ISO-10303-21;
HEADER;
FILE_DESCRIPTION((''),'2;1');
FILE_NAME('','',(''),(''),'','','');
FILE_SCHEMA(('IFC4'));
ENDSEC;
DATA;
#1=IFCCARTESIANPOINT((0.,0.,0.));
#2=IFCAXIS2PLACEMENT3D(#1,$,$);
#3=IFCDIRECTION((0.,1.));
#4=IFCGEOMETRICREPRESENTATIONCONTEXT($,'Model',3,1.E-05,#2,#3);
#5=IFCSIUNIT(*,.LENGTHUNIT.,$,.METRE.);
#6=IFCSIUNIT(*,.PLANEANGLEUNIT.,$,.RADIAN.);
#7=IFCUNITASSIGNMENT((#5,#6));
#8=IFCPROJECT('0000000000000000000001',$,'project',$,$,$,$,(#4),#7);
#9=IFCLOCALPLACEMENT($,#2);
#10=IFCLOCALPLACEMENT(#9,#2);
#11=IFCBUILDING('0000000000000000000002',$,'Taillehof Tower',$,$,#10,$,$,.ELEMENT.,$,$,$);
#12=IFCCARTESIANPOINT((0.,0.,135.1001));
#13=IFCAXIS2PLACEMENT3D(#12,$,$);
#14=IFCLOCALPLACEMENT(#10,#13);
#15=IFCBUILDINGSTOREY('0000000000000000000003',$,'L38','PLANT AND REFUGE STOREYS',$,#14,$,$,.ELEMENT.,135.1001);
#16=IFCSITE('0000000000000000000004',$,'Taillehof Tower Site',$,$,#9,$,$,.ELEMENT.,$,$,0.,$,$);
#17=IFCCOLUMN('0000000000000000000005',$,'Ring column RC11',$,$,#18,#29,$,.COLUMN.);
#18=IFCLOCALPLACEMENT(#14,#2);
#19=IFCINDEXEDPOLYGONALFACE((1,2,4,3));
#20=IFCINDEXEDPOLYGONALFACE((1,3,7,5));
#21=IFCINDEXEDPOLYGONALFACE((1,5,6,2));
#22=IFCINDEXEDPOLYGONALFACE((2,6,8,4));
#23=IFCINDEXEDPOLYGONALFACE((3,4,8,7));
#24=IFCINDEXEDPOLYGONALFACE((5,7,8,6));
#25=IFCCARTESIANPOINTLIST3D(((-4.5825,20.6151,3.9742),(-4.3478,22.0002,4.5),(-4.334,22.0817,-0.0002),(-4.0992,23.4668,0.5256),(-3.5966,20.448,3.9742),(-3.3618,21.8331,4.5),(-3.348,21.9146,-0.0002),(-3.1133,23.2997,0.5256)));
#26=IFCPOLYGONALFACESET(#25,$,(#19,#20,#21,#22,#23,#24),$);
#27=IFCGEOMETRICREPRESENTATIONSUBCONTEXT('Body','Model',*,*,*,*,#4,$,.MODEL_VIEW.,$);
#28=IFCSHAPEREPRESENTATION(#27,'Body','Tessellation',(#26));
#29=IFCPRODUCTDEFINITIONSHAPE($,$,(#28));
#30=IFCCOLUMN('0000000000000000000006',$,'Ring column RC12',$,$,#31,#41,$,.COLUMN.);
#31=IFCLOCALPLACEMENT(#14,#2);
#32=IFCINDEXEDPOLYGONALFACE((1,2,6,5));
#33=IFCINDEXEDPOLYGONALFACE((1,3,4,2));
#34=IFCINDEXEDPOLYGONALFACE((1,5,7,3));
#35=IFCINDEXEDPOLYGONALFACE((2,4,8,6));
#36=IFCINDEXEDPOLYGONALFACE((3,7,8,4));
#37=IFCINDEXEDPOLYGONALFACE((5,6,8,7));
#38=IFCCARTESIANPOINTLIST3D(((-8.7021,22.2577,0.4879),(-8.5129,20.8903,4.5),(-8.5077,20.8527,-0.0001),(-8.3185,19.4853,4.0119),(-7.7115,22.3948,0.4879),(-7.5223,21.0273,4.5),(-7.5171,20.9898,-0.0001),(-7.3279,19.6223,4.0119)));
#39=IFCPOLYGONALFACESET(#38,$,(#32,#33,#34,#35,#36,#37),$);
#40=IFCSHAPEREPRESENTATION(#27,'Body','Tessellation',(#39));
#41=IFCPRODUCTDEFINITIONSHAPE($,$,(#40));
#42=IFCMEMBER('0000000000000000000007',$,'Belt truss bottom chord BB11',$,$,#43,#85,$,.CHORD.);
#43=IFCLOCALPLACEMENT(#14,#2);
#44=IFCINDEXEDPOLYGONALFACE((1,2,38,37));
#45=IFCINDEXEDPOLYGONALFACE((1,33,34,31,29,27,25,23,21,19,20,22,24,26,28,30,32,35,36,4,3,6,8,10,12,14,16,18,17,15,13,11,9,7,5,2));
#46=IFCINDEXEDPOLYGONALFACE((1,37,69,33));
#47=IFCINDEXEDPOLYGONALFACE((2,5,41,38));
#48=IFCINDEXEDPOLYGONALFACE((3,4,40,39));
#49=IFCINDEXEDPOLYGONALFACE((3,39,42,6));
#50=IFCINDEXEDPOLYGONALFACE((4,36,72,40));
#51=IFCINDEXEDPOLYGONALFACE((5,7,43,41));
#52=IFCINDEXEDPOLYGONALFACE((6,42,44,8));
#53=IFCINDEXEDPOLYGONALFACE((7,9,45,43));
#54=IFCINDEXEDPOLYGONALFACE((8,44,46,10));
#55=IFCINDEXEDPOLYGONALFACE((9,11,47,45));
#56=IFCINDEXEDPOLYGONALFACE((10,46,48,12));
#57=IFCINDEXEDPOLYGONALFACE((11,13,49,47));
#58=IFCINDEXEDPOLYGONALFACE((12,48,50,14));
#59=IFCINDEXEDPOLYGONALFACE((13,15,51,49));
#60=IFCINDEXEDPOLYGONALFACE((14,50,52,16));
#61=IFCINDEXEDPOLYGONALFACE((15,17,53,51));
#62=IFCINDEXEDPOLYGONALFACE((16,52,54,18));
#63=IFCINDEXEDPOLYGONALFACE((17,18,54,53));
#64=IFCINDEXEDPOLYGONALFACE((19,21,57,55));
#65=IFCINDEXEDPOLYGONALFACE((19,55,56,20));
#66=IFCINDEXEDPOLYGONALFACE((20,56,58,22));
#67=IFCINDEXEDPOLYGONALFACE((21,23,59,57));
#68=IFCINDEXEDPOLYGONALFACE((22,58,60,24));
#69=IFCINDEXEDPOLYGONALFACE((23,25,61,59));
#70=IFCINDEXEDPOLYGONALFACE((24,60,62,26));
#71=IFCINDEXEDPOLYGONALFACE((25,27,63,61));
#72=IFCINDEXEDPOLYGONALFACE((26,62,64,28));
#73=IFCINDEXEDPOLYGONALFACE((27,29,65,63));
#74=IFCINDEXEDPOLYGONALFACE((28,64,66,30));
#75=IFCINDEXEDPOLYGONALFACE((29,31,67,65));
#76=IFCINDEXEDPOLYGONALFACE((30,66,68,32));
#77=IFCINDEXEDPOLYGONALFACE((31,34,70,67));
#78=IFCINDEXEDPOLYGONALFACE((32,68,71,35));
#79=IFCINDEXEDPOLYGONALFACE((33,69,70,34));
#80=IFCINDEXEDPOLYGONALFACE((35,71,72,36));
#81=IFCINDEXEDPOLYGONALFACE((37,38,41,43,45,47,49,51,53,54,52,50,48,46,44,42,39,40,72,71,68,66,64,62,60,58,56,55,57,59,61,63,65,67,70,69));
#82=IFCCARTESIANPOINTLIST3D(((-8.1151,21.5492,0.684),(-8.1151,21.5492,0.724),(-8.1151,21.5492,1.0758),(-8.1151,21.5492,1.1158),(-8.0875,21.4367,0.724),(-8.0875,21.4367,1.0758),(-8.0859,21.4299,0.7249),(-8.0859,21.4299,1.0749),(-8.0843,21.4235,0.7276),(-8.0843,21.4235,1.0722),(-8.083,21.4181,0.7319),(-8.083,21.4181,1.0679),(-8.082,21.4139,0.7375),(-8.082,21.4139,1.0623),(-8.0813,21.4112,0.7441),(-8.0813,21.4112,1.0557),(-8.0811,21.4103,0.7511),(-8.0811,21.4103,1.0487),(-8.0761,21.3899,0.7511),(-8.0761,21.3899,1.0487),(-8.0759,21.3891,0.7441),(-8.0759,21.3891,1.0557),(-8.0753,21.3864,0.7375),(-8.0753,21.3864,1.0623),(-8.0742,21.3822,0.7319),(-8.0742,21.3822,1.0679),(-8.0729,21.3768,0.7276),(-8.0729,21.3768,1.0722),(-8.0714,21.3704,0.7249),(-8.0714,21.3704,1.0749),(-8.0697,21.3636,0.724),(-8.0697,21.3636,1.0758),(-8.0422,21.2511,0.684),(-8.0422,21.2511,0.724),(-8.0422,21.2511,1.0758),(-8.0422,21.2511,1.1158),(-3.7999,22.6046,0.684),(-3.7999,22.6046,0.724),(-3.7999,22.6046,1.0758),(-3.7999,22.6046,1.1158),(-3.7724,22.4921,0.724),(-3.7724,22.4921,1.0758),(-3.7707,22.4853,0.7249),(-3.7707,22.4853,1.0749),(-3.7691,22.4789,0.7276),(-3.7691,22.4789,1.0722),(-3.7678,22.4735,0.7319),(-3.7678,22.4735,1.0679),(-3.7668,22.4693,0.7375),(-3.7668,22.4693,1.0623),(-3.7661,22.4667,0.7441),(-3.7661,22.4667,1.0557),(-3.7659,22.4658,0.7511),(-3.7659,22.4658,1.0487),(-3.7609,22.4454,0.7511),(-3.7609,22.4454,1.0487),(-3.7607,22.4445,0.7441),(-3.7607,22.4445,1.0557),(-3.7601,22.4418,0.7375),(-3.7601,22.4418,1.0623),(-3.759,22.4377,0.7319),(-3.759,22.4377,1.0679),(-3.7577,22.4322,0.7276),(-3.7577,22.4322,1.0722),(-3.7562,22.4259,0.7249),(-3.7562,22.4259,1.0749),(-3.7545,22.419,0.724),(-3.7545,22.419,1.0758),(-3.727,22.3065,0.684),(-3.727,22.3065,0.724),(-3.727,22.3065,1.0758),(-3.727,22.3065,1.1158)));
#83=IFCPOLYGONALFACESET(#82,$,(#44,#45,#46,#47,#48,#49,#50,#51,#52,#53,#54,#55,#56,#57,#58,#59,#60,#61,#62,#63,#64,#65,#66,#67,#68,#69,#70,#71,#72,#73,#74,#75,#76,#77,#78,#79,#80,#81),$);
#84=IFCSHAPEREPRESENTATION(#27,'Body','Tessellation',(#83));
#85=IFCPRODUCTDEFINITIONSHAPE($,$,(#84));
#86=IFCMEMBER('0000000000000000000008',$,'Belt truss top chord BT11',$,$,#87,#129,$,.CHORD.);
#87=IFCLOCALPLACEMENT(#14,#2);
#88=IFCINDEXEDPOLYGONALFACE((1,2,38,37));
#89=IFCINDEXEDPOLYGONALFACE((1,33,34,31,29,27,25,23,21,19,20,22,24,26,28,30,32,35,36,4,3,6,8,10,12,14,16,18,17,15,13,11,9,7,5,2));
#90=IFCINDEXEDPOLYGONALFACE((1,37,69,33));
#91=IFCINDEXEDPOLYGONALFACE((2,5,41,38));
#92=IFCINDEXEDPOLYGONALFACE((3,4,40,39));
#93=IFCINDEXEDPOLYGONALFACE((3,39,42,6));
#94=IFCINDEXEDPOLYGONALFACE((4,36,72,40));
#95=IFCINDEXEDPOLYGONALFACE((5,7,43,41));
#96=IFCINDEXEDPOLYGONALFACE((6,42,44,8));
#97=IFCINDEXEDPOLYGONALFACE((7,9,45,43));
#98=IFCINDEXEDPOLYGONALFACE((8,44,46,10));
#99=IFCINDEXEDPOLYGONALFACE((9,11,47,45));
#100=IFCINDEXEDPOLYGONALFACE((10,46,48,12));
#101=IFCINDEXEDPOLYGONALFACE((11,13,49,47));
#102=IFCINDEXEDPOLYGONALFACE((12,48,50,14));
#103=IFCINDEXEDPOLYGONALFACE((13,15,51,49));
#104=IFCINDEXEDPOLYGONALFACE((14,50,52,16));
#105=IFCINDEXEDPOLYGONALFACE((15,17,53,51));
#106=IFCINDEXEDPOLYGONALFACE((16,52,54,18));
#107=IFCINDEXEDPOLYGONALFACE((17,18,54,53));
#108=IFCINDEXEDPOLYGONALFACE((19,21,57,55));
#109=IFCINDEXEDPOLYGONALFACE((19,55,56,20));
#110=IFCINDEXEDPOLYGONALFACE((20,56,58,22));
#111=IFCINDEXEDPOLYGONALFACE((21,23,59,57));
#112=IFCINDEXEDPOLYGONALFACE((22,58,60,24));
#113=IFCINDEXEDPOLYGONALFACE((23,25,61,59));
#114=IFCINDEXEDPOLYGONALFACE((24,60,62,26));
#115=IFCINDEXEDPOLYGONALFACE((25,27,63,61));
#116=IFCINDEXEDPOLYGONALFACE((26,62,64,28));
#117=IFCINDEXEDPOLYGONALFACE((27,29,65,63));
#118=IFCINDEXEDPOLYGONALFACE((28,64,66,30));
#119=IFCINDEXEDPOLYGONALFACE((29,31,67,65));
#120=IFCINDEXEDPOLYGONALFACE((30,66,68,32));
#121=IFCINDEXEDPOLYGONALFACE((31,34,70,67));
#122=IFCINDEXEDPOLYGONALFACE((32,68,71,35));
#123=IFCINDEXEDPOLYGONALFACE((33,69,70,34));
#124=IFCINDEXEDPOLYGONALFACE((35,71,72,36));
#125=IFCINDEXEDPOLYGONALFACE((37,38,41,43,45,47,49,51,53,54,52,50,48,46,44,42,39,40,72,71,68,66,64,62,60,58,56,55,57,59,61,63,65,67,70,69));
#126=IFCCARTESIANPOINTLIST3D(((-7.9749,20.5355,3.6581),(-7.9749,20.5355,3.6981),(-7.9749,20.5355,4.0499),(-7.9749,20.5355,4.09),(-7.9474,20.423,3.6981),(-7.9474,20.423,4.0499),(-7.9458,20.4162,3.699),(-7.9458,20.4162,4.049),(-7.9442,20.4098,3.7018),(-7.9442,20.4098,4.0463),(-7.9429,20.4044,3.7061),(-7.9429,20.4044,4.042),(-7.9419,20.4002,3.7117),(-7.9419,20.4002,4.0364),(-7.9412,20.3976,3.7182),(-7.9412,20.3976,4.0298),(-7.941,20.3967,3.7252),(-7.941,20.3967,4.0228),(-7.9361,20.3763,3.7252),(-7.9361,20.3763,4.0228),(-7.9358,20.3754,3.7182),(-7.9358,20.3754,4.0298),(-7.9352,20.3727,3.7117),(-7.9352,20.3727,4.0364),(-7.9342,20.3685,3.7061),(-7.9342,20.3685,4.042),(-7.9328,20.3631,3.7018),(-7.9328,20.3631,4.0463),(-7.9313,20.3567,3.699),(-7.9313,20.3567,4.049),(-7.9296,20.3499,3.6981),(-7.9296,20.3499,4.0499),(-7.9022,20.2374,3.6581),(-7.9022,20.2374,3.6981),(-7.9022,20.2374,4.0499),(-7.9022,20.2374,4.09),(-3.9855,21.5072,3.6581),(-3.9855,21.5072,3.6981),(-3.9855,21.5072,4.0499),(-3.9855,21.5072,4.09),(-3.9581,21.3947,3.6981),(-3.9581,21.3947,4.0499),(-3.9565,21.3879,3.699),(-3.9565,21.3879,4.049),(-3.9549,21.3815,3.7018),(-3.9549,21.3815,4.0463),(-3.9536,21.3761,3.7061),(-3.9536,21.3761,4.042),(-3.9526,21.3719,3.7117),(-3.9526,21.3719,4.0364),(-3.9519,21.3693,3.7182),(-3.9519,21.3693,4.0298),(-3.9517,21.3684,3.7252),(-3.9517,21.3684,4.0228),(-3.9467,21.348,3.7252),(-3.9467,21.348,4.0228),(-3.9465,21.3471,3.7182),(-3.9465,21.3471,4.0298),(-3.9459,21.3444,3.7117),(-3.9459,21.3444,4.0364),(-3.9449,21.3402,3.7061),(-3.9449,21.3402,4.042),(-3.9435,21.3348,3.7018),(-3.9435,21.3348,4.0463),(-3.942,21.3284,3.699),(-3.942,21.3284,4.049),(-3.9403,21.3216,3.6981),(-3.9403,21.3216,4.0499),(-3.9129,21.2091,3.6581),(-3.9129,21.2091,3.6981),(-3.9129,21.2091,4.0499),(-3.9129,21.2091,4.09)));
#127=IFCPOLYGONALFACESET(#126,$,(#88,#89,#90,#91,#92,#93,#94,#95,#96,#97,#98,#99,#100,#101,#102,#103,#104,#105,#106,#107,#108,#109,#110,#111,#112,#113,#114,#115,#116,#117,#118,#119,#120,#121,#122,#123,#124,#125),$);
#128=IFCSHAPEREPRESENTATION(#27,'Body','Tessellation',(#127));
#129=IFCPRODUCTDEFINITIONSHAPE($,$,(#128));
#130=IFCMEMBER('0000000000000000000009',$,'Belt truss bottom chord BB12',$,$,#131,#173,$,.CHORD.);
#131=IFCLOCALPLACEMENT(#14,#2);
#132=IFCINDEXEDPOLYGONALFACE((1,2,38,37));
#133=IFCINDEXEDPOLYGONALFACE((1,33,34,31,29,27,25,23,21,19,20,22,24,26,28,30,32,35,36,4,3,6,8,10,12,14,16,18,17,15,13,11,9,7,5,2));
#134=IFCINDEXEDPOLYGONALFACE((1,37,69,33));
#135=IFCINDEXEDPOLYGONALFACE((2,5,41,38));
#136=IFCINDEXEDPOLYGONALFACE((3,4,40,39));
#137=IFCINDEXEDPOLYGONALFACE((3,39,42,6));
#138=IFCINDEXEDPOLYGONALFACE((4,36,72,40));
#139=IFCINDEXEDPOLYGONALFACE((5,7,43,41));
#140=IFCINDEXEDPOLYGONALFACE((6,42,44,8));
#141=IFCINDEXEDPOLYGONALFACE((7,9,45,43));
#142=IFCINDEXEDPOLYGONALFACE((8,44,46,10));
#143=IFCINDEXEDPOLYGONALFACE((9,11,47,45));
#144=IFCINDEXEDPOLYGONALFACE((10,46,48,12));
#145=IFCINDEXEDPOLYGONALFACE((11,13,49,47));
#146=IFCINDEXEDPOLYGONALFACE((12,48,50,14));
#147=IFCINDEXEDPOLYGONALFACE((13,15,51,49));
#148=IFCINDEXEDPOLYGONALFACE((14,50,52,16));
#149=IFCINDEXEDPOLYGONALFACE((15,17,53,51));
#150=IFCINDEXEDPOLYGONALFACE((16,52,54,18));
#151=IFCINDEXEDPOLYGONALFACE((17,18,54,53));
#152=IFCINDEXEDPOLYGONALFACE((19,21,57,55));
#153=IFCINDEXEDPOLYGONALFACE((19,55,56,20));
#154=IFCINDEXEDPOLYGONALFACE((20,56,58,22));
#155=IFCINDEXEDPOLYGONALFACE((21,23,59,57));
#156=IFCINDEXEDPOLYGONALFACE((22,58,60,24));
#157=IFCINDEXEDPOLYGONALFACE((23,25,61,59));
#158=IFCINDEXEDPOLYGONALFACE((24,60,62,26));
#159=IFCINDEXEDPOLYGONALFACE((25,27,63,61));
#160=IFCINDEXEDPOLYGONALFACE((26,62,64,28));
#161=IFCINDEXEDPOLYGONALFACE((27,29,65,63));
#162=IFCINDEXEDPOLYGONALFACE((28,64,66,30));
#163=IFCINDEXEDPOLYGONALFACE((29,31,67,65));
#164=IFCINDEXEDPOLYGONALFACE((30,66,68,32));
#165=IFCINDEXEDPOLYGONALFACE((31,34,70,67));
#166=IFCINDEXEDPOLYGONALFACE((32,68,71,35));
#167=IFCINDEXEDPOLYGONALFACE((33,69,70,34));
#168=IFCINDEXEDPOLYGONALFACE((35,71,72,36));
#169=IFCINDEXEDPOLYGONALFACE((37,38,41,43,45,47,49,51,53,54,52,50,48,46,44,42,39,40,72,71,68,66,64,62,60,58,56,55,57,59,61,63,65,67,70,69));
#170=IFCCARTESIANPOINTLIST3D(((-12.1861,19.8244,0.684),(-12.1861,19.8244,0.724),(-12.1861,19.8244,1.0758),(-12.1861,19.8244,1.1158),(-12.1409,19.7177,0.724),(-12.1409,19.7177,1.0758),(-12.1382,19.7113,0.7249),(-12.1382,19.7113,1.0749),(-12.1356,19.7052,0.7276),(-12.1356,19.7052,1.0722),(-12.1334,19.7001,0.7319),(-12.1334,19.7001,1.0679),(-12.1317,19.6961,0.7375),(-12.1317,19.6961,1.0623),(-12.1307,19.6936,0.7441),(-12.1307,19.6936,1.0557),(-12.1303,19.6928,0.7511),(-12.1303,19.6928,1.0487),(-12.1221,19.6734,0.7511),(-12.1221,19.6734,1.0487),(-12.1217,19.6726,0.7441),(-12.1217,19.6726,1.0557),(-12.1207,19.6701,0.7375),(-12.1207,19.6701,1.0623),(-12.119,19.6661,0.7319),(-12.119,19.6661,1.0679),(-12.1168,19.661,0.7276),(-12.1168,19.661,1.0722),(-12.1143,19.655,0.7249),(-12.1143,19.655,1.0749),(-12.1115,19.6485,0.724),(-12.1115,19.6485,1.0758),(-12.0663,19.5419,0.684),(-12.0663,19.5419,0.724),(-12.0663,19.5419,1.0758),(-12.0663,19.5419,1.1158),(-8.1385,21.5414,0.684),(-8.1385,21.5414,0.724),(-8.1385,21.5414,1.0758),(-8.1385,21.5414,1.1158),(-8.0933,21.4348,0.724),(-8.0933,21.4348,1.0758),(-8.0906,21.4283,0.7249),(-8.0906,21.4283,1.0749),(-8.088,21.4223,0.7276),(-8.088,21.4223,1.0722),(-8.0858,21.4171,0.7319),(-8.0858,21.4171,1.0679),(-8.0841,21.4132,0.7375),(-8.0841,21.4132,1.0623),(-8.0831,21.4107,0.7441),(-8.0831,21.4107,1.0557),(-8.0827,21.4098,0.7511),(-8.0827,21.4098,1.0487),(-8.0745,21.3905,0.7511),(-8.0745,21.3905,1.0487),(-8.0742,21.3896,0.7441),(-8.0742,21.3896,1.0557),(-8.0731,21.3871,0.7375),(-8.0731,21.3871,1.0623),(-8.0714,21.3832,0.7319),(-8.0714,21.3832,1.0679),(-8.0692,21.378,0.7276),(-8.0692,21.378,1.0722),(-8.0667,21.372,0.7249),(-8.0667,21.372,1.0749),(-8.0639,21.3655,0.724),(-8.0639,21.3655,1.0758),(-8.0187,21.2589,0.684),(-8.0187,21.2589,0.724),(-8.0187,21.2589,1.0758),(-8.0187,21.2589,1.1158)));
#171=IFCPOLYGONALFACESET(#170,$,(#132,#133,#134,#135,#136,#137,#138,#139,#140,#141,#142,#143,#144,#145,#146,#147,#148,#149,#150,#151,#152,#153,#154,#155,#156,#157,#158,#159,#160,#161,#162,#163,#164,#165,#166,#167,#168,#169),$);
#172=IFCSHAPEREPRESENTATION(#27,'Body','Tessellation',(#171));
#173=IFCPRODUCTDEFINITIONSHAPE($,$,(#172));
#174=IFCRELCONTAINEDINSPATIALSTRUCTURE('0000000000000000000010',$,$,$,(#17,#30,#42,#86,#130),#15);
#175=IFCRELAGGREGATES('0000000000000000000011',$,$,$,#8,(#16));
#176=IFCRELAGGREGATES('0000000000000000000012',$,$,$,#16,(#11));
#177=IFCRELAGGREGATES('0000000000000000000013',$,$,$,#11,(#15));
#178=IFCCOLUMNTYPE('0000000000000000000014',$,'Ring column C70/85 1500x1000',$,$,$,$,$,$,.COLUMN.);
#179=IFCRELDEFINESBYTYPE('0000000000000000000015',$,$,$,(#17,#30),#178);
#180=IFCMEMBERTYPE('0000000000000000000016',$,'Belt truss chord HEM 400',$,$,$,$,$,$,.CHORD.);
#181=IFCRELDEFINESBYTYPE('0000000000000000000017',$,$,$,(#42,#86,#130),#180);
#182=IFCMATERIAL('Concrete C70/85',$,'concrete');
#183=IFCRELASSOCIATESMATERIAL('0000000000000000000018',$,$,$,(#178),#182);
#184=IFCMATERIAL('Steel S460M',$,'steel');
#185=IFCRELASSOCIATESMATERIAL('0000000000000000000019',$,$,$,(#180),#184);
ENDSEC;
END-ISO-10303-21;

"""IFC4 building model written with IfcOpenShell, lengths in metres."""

from ifc_helpers import new_model, si_unit, direction, frame, origin, origin_2d, place, context, subcontext, project, spatial, rectangle, i_section, extrude, material, material_profile, profile_set, type_object, element, save


model = new_model("IFC4")

# Units and contexts
model_context = context("Model", 3, precision=1e-05, world=origin(), true_north=direction((0.0, 1.0)))
body_context = subcontext(model_context, "Body", "Model", "MODEL_VIEW")
ifc_project = project(units=[si_unit("LENGTHUNIT", "METRE"), si_unit("PLANEANGLEUNIT", "RADIAN")], contexts=[model_context])

# Site, building, storey
site_placement = place(None, origin())
site = spatial("IfcSite", under=ifc_project, at=site_placement, Name="Taillehof Tower Site", CompositionType="ELEMENT", RefElevation=0.0)
building_placement = place(site_placement, origin())
building = spatial("IfcBuilding", under=site, at=building_placement, Name="Taillehof Tower", CompositionType="ELEMENT")
storey_placement = place(building_placement, frame((0.0, 0.0, 135.1001)))
storey = spatial("IfcBuildingStorey", under=building, at=storey_placement, Name="L38", Description="PLANT AND REFUGE STOREYS", CompositionType="ELEMENT", Elevation=135.1001)

# Columns
ifc_material_1 = material(Name="Concrete C70/85", Category="concrete")
ifc_material_profile_1 = material_profile(ifc_material_1, rectangle(XDim=1.5, YDim=1.0, at=origin_2d()), Name="RC 1500x1000")
ifc_profile_set_1 = profile_set([ifc_material_profile_1], Name="Concrete C70/85")
column_type = type_object("IfcColumnType", Name="Ring column C70/85 1500x1000", PredefinedType="COLUMN", material=ifc_profile_set_1)
column_1_placement = place(storey_placement, frame((-3.7236, 22.6907, 0.2627), z_axis=(-0.058567, -0.345592, 0.936556), x_axis=(0.156486, 0.92339, 0.350519)))
element("IfcColumn", 1, at=column_1_placement, inside=storey, type_object=column_type, Name="Ring column RC11", PredefinedType="COLUMN", context=body_context, shape_type="SweptSolid", body=[
    extrude(rectangle(XDim=1.5, YDim=1.0, at=origin_2d()), origin(), (0.0, 0.0, 1.0), 4.2437),
])
column_2_placement = place(storey_placement, frame((-8.1096, 21.6238, 0.2439), z_axis=(0.044595, -0.322293, 0.945589), x_axis=(-0.129605, 0.936665, 0.325364)))
element("IfcColumn", 2, at=column_2_placement, inside=storey, type_object=column_type, Name="Ring column RC12", PredefinedType="COLUMN", context=body_context, shape_type="SweptSolid", body=[
    extrude(rectangle(XDim=1.5, YDim=1.0, at=origin_2d()), origin(), (0.0, 0.0, 1.0), 4.2429),
])

# Members
ifc_material_2 = material(Name="Steel S460M", Category="steel")
ifc_material_profile_2 = material_profile(ifc_material_2, i_section(OverallWidth=0.3069, OverallDepth=0.4319, WebThickness=0.021, FlangeThickness=0.04, FilletRadius=0.0271, at=origin_2d()), Name="HEM 400")
ifc_profile_set_2 = profile_set([ifc_material_profile_2], Name="Steel S460M")
member_type_1 = type_object("IfcMemberType", Name="Belt truss chord HEM 400", PredefinedType="CHORD", material=ifc_profile_set_2)
member_1_placement = place(storey_placement, frame((-3.7634, 22.4556, 0.8999), z_axis=(-0.971368, -0.23758, 0.0), x_axis=(0.23758, -0.971368, 0.0)))
element("IfcMember", 3, at=member_1_placement, inside=storey, type_object=member_type_1, Name="Belt truss bottom chord BB11", PredefinedType="CHORD", context=body_context, shape_type="SweptSolid", body=[
    extrude(i_section(OverallWidth=0.3069, OverallDepth=0.4319, WebThickness=0.021, FlangeThickness=0.04, FilletRadius=0.0271, at=origin_2d()), origin(), (0.0, 0.0, 1.0), 4.4424),
])
member_2_placement = place(storey_placement, frame((-3.9492, 21.3582, 3.874), z_axis=(-0.971594, -0.236655, 0.0), x_axis=(0.236655, -0.971594, 0.0)))
element("IfcMember", 4, at=member_2_placement, inside=storey, type_object=member_type_1, Name="Belt truss top chord BT11", PredefinedType="CHORD", context=body_context, shape_type="SweptSolid", body=[
    extrude(i_section(OverallWidth=0.3069, OverallDepth=0.4319, WebThickness=0.021, FlangeThickness=0.04, FilletRadius=0.0271, at=origin_2d()), origin(), (0.0, 0.0, 1.0), 4.106),
])
member_3_placement = place(storey_placement, frame((-8.0786, 21.4001, 0.8999), z_axis=(-0.920592, -0.390526, 0.0), x_axis=(0.390526, -0.920592, 0.0)))
element("IfcMember", 5, at=member_3_placement, inside=storey, type_object=member_type_1, Name="Belt truss bottom chord BB12", PredefinedType="CHORD", context=body_context, shape_type="SweptSolid", body=[
    extrude(i_section(OverallWidth=0.3069, OverallDepth=0.4319, WebThickness=0.021, FlangeThickness=0.04, FilletRadius=0.0271, at=origin_2d()), origin(), (0.0, 0.0, 1.0), 4.3967),
])

save(model, "model.ifc")
